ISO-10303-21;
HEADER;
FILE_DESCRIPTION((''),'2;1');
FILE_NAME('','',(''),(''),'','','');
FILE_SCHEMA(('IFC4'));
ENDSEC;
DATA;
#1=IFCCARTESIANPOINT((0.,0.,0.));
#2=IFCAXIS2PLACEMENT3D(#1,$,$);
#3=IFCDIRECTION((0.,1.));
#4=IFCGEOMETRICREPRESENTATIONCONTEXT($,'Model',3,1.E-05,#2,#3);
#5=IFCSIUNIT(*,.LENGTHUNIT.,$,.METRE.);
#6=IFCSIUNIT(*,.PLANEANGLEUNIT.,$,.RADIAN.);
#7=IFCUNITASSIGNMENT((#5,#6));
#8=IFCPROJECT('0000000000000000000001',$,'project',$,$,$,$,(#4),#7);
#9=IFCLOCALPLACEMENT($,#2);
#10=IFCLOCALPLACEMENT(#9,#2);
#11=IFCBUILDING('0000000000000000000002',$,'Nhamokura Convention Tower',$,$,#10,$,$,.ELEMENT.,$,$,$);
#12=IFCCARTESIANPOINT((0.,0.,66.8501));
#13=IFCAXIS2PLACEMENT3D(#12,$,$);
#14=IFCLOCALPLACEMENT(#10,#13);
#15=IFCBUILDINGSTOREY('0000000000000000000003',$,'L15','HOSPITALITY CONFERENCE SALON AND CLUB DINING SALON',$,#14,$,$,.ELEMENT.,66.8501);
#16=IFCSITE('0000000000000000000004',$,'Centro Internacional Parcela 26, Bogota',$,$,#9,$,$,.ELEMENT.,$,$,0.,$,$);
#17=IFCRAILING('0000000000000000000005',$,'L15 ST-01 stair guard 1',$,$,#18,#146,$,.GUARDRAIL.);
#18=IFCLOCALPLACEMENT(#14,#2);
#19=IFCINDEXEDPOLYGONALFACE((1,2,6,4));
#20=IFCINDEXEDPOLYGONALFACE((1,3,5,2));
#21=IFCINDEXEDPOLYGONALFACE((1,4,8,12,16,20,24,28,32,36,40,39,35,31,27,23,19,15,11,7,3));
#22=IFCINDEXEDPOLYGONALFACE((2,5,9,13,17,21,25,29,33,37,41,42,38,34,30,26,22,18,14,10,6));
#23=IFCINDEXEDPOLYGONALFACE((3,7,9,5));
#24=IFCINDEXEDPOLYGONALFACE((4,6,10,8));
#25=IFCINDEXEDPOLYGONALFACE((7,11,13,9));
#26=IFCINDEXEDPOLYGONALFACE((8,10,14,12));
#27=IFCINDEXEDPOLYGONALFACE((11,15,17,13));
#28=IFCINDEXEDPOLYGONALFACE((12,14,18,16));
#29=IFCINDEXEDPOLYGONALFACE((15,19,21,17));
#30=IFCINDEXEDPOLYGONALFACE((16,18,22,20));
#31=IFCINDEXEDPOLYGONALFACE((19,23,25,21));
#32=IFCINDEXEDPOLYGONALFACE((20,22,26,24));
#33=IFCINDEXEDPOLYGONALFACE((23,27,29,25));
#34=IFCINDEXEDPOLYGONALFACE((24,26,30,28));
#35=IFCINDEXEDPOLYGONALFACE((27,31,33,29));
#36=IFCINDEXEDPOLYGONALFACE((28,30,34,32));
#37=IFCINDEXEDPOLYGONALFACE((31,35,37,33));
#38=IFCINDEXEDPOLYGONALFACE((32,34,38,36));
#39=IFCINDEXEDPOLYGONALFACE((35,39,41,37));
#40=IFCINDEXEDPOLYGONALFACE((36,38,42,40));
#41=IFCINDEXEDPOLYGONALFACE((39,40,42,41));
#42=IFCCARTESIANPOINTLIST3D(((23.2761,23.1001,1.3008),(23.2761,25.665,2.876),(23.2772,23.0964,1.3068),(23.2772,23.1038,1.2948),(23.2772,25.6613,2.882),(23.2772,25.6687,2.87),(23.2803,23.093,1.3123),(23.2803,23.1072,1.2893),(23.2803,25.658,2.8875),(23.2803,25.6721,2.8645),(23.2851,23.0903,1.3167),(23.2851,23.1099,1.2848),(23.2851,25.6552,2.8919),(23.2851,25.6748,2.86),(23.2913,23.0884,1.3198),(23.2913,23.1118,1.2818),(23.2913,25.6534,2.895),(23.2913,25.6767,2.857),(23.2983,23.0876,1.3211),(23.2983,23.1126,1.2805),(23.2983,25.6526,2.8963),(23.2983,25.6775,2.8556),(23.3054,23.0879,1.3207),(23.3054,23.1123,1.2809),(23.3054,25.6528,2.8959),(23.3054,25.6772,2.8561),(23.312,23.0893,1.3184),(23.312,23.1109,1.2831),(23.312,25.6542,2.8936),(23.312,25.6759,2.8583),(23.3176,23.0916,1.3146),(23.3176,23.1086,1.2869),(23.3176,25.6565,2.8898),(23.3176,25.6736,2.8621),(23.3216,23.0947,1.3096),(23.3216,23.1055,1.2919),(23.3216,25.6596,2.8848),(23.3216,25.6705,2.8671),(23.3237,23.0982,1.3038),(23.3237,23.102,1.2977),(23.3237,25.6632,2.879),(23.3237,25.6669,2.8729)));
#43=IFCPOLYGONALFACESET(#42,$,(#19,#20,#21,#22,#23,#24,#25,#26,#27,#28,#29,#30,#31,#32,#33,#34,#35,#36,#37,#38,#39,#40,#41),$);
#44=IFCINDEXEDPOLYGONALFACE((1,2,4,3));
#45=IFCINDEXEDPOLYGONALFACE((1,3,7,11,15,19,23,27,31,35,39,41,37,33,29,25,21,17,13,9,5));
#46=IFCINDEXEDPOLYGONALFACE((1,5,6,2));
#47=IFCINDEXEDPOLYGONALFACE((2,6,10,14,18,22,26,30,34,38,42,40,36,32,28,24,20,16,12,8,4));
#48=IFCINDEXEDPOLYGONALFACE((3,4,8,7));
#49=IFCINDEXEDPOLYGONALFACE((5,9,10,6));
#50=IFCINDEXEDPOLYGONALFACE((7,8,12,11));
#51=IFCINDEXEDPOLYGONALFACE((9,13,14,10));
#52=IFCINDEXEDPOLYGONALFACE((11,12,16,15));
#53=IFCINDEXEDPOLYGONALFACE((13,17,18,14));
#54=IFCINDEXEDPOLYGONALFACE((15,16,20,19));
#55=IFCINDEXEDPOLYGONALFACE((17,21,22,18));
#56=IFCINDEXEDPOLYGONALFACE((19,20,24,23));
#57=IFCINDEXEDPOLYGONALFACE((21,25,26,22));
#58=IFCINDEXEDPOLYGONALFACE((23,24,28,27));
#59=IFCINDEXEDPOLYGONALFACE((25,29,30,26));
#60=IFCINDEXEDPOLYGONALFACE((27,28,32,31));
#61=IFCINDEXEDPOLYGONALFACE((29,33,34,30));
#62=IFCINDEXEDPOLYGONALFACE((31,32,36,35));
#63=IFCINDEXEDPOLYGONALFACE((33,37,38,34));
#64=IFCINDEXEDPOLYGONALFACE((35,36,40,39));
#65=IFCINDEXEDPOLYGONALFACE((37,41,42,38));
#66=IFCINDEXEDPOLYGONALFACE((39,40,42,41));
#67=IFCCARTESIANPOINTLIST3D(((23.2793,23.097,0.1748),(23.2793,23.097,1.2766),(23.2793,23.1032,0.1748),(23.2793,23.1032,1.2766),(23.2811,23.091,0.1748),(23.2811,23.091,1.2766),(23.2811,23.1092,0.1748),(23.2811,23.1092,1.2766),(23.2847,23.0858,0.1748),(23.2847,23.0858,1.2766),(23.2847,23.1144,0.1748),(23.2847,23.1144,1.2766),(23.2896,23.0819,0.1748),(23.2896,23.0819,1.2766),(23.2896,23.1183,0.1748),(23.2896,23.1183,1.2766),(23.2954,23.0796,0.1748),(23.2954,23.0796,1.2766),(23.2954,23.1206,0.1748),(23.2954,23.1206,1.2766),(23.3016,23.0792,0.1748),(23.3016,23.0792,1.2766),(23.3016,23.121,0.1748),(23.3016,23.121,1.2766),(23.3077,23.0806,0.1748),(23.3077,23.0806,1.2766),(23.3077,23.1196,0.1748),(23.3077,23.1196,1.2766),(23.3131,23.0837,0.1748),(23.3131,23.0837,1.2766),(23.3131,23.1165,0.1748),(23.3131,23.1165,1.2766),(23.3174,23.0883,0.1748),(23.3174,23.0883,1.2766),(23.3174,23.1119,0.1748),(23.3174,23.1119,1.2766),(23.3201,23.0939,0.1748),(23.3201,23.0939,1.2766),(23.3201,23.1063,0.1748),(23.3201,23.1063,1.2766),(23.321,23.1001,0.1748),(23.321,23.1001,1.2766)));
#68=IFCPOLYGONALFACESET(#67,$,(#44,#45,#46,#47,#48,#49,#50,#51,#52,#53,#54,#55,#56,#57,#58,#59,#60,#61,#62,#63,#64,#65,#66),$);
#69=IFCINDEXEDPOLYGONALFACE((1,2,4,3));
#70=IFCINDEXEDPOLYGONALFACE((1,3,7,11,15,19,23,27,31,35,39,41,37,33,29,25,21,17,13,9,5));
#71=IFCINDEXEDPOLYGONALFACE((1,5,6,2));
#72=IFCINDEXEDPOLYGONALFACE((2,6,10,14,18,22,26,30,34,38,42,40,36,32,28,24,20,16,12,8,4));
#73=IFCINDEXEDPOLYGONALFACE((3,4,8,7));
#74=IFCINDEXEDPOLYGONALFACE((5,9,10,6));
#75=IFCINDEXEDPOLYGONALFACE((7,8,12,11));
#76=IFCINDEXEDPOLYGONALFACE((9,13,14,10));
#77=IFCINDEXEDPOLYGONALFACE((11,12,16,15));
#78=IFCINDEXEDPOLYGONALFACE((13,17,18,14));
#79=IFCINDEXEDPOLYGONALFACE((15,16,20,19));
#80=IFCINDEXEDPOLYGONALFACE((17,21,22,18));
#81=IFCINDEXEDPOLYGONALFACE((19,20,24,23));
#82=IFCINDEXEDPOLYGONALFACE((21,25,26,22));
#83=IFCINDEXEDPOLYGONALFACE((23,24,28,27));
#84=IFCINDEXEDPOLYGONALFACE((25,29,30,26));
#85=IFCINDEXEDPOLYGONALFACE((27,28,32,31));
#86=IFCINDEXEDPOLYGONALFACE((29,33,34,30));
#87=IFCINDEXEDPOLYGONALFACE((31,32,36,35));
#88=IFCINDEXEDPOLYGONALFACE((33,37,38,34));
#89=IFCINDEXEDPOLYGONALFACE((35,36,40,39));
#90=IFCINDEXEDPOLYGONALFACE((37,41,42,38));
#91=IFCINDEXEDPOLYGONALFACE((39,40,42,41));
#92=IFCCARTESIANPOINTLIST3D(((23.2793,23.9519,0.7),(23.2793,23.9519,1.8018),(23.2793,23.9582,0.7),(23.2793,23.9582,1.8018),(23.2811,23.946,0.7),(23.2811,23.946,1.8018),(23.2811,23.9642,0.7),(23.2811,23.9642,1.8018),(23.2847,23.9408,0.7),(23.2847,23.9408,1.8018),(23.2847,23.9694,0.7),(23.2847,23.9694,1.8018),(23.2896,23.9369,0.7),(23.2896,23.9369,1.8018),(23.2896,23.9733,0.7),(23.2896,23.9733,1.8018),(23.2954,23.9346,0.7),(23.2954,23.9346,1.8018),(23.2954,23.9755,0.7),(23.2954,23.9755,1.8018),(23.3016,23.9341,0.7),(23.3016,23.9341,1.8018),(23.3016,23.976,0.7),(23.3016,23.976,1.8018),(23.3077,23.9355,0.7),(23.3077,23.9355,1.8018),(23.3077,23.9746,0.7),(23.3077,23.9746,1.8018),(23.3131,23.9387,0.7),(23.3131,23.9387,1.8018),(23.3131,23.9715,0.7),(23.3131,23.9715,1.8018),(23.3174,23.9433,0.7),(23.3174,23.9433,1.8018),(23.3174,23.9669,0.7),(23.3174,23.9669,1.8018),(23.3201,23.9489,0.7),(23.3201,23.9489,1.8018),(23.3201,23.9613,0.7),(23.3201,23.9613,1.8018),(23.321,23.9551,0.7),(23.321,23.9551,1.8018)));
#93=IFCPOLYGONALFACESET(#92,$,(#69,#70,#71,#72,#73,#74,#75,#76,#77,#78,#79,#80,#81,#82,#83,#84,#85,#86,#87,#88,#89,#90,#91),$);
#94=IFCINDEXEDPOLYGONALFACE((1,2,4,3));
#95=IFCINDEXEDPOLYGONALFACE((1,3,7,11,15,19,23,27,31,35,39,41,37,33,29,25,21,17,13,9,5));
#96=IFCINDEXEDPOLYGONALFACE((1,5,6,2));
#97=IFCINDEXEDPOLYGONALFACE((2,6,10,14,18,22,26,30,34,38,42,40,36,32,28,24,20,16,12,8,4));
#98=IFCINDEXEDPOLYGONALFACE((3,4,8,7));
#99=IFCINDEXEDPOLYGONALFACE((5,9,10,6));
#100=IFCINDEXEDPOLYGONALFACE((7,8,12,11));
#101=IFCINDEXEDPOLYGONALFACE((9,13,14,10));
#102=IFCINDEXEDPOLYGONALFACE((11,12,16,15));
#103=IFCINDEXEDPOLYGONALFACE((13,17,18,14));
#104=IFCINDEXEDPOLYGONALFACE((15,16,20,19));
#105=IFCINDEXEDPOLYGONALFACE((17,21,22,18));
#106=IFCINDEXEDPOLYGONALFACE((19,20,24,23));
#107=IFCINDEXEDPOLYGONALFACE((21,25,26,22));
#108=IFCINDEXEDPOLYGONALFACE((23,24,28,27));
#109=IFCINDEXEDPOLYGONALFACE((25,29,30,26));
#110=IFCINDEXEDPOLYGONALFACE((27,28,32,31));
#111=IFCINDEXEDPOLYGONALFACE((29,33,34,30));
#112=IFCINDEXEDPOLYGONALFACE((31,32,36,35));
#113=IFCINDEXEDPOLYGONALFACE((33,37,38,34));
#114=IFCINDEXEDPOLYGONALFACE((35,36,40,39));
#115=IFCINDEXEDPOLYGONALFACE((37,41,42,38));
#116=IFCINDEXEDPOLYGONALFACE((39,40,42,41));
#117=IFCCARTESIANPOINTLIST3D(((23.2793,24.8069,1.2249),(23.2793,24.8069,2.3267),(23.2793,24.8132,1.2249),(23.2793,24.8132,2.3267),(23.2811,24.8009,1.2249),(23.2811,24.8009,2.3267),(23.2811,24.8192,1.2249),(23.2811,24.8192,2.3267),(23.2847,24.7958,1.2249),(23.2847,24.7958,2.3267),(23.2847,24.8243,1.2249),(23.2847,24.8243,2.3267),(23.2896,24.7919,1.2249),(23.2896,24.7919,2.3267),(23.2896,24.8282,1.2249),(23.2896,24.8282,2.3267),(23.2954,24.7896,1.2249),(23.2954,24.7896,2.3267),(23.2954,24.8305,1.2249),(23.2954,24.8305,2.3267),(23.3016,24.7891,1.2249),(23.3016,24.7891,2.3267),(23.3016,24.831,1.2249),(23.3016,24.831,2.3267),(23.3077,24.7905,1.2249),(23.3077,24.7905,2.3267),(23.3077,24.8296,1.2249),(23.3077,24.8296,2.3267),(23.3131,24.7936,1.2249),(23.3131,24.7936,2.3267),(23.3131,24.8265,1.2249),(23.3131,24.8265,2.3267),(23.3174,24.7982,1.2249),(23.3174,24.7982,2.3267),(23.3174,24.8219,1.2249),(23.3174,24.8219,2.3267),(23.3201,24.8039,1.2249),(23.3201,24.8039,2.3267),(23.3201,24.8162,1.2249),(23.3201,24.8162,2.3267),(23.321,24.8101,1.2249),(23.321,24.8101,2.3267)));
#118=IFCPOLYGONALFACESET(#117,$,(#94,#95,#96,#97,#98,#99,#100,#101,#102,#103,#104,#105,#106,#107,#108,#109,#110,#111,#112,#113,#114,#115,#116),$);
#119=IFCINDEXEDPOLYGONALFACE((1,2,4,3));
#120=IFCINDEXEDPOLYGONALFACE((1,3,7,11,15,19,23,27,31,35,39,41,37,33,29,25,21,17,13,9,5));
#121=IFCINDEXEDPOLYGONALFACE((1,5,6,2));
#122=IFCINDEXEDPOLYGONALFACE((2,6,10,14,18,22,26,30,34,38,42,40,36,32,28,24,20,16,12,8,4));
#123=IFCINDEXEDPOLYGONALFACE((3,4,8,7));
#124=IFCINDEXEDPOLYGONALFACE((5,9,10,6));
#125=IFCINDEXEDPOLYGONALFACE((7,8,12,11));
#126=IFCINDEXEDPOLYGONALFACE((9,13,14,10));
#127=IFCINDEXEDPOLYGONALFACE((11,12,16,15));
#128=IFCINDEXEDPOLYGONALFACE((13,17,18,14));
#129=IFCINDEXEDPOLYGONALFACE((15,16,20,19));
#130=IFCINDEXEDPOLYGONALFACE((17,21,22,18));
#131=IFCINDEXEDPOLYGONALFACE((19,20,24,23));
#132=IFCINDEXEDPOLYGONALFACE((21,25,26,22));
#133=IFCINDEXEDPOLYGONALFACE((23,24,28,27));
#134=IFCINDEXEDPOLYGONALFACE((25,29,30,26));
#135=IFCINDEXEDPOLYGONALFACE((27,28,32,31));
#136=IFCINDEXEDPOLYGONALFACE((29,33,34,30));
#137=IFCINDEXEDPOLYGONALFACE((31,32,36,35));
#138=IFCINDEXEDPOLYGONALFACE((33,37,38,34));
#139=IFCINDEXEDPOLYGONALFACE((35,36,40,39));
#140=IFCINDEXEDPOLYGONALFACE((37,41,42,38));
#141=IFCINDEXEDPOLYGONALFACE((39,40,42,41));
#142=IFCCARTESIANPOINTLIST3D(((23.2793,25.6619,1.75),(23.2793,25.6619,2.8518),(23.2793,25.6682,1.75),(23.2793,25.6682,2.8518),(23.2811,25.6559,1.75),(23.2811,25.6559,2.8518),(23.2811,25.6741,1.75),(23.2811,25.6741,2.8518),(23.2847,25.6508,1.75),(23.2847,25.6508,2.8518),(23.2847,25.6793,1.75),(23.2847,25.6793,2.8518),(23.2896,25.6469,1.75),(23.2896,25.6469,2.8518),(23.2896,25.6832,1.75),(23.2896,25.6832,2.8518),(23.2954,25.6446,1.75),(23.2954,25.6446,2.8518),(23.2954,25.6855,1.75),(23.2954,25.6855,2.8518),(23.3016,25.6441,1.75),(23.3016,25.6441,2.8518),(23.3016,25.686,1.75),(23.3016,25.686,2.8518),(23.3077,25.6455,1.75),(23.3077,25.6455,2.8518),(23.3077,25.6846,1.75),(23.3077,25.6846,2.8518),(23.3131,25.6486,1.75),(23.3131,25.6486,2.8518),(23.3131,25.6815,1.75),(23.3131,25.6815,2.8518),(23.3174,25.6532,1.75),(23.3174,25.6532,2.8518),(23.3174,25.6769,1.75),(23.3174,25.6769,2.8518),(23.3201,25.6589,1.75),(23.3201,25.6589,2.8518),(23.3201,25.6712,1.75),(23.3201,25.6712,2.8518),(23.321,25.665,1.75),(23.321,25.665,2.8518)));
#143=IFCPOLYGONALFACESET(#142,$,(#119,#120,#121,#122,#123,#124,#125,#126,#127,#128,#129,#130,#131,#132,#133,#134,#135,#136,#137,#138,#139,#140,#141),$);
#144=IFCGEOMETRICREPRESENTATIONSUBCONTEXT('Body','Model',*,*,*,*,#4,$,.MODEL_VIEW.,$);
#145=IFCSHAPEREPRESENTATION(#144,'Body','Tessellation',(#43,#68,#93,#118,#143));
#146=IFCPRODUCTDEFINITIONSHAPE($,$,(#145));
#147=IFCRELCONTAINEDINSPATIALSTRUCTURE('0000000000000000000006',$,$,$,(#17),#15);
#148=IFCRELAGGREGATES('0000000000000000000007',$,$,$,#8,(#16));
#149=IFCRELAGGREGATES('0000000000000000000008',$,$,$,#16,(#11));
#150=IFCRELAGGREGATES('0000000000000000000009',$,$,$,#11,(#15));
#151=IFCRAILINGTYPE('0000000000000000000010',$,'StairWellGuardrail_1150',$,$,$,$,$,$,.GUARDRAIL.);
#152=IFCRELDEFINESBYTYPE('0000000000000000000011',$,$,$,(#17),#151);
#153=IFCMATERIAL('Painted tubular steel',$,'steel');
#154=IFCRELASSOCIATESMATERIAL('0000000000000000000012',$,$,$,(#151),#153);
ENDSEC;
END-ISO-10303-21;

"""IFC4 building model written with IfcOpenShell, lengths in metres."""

from ifc_helpers import new_model, si_unit, direction, frame, origin, origin_2d, place, context, subcontext, project, spatial, circle, extrude, material, type_object, element, save


model = new_model("IFC4")

# Units and contexts
model_context = context("Model", 3, precision=1e-05, world=origin(), true_north=direction((0.0, 1.0)))
body_context = subcontext(model_context, "Body", "Model", "MODEL_VIEW")
ifc_project = project(units=[si_unit("LENGTHUNIT", "METRE"), si_unit("PLANEANGLEUNIT", "RADIAN")], contexts=[model_context])

# Site, building, storey
site_placement = place(None, origin())
site = spatial("IfcSite", under=ifc_project, at=site_placement, Name="Centro Internacional Parcela 26, Bogota", CompositionType="ELEMENT", RefElevation=0.0)
building_placement = place(site_placement, origin())
building = spatial("IfcBuilding", under=site, at=building_placement, Name="Nhamokura Convention Tower", CompositionType="ELEMENT")
storey_placement = place(building_placement, frame((0.0, 0.0, 66.8501)))
storey = spatial("IfcBuildingStorey", under=building, at=storey_placement, Name="L15", Description="HOSPITALITY CONFERENCE SALON AND CLUB DINING SALON", CompositionType="ELEMENT", Elevation=66.8501)

# Railing
ifc_material_1 = material(Name="Painted tubular steel", Category="steel")
railing_type_1 = type_object("IfcRailingType", Name="StairWellGuardrail_1150", PredefinedType="GUARDRAIL", material=ifc_material_1)
railing_1_placement = place(storey_placement, frame((23.3, 23.1001, 0.1748)))
element("IfcRailing", 1, at=railing_1_placement, inside=storey, type_object=railing_type_1, Name="L15 ST-01 stair guard 1", PredefinedType="GUARDRAIL", context=body_context, shape_type="SweptSolid", body=[
    extrude(circle(Radius=0.0239, at=origin_2d()), frame((0.0, 0.0, 1.126), z_axis=(0.0, 0.852137, 0.523319), x_axis=(-1.0, 0.0, 0.0)), (0.0, 0.0, 1.0), 3.01),
    extrude(circle(Radius=0.021, at=origin_2d()), origin(), (0.0, 0.0, 1.0), 1.1018),
    extrude(circle(Radius=0.021, at=origin_2d()), frame((0.0, 0.855, 0.5251)), (0.0, 0.0, 1.0), 1.1018),
    extrude(circle(Radius=0.021, at=origin_2d()), frame((0.0, 1.71, 1.05)), (0.0, 0.0, 1.0), 1.1018),
    extrude(circle(Radius=0.021, at=origin_2d()), frame((0.0, 2.5649, 1.5752)), (0.0, 0.0, 1.0), 1.1018),
])

save(model, "model.ifc")
